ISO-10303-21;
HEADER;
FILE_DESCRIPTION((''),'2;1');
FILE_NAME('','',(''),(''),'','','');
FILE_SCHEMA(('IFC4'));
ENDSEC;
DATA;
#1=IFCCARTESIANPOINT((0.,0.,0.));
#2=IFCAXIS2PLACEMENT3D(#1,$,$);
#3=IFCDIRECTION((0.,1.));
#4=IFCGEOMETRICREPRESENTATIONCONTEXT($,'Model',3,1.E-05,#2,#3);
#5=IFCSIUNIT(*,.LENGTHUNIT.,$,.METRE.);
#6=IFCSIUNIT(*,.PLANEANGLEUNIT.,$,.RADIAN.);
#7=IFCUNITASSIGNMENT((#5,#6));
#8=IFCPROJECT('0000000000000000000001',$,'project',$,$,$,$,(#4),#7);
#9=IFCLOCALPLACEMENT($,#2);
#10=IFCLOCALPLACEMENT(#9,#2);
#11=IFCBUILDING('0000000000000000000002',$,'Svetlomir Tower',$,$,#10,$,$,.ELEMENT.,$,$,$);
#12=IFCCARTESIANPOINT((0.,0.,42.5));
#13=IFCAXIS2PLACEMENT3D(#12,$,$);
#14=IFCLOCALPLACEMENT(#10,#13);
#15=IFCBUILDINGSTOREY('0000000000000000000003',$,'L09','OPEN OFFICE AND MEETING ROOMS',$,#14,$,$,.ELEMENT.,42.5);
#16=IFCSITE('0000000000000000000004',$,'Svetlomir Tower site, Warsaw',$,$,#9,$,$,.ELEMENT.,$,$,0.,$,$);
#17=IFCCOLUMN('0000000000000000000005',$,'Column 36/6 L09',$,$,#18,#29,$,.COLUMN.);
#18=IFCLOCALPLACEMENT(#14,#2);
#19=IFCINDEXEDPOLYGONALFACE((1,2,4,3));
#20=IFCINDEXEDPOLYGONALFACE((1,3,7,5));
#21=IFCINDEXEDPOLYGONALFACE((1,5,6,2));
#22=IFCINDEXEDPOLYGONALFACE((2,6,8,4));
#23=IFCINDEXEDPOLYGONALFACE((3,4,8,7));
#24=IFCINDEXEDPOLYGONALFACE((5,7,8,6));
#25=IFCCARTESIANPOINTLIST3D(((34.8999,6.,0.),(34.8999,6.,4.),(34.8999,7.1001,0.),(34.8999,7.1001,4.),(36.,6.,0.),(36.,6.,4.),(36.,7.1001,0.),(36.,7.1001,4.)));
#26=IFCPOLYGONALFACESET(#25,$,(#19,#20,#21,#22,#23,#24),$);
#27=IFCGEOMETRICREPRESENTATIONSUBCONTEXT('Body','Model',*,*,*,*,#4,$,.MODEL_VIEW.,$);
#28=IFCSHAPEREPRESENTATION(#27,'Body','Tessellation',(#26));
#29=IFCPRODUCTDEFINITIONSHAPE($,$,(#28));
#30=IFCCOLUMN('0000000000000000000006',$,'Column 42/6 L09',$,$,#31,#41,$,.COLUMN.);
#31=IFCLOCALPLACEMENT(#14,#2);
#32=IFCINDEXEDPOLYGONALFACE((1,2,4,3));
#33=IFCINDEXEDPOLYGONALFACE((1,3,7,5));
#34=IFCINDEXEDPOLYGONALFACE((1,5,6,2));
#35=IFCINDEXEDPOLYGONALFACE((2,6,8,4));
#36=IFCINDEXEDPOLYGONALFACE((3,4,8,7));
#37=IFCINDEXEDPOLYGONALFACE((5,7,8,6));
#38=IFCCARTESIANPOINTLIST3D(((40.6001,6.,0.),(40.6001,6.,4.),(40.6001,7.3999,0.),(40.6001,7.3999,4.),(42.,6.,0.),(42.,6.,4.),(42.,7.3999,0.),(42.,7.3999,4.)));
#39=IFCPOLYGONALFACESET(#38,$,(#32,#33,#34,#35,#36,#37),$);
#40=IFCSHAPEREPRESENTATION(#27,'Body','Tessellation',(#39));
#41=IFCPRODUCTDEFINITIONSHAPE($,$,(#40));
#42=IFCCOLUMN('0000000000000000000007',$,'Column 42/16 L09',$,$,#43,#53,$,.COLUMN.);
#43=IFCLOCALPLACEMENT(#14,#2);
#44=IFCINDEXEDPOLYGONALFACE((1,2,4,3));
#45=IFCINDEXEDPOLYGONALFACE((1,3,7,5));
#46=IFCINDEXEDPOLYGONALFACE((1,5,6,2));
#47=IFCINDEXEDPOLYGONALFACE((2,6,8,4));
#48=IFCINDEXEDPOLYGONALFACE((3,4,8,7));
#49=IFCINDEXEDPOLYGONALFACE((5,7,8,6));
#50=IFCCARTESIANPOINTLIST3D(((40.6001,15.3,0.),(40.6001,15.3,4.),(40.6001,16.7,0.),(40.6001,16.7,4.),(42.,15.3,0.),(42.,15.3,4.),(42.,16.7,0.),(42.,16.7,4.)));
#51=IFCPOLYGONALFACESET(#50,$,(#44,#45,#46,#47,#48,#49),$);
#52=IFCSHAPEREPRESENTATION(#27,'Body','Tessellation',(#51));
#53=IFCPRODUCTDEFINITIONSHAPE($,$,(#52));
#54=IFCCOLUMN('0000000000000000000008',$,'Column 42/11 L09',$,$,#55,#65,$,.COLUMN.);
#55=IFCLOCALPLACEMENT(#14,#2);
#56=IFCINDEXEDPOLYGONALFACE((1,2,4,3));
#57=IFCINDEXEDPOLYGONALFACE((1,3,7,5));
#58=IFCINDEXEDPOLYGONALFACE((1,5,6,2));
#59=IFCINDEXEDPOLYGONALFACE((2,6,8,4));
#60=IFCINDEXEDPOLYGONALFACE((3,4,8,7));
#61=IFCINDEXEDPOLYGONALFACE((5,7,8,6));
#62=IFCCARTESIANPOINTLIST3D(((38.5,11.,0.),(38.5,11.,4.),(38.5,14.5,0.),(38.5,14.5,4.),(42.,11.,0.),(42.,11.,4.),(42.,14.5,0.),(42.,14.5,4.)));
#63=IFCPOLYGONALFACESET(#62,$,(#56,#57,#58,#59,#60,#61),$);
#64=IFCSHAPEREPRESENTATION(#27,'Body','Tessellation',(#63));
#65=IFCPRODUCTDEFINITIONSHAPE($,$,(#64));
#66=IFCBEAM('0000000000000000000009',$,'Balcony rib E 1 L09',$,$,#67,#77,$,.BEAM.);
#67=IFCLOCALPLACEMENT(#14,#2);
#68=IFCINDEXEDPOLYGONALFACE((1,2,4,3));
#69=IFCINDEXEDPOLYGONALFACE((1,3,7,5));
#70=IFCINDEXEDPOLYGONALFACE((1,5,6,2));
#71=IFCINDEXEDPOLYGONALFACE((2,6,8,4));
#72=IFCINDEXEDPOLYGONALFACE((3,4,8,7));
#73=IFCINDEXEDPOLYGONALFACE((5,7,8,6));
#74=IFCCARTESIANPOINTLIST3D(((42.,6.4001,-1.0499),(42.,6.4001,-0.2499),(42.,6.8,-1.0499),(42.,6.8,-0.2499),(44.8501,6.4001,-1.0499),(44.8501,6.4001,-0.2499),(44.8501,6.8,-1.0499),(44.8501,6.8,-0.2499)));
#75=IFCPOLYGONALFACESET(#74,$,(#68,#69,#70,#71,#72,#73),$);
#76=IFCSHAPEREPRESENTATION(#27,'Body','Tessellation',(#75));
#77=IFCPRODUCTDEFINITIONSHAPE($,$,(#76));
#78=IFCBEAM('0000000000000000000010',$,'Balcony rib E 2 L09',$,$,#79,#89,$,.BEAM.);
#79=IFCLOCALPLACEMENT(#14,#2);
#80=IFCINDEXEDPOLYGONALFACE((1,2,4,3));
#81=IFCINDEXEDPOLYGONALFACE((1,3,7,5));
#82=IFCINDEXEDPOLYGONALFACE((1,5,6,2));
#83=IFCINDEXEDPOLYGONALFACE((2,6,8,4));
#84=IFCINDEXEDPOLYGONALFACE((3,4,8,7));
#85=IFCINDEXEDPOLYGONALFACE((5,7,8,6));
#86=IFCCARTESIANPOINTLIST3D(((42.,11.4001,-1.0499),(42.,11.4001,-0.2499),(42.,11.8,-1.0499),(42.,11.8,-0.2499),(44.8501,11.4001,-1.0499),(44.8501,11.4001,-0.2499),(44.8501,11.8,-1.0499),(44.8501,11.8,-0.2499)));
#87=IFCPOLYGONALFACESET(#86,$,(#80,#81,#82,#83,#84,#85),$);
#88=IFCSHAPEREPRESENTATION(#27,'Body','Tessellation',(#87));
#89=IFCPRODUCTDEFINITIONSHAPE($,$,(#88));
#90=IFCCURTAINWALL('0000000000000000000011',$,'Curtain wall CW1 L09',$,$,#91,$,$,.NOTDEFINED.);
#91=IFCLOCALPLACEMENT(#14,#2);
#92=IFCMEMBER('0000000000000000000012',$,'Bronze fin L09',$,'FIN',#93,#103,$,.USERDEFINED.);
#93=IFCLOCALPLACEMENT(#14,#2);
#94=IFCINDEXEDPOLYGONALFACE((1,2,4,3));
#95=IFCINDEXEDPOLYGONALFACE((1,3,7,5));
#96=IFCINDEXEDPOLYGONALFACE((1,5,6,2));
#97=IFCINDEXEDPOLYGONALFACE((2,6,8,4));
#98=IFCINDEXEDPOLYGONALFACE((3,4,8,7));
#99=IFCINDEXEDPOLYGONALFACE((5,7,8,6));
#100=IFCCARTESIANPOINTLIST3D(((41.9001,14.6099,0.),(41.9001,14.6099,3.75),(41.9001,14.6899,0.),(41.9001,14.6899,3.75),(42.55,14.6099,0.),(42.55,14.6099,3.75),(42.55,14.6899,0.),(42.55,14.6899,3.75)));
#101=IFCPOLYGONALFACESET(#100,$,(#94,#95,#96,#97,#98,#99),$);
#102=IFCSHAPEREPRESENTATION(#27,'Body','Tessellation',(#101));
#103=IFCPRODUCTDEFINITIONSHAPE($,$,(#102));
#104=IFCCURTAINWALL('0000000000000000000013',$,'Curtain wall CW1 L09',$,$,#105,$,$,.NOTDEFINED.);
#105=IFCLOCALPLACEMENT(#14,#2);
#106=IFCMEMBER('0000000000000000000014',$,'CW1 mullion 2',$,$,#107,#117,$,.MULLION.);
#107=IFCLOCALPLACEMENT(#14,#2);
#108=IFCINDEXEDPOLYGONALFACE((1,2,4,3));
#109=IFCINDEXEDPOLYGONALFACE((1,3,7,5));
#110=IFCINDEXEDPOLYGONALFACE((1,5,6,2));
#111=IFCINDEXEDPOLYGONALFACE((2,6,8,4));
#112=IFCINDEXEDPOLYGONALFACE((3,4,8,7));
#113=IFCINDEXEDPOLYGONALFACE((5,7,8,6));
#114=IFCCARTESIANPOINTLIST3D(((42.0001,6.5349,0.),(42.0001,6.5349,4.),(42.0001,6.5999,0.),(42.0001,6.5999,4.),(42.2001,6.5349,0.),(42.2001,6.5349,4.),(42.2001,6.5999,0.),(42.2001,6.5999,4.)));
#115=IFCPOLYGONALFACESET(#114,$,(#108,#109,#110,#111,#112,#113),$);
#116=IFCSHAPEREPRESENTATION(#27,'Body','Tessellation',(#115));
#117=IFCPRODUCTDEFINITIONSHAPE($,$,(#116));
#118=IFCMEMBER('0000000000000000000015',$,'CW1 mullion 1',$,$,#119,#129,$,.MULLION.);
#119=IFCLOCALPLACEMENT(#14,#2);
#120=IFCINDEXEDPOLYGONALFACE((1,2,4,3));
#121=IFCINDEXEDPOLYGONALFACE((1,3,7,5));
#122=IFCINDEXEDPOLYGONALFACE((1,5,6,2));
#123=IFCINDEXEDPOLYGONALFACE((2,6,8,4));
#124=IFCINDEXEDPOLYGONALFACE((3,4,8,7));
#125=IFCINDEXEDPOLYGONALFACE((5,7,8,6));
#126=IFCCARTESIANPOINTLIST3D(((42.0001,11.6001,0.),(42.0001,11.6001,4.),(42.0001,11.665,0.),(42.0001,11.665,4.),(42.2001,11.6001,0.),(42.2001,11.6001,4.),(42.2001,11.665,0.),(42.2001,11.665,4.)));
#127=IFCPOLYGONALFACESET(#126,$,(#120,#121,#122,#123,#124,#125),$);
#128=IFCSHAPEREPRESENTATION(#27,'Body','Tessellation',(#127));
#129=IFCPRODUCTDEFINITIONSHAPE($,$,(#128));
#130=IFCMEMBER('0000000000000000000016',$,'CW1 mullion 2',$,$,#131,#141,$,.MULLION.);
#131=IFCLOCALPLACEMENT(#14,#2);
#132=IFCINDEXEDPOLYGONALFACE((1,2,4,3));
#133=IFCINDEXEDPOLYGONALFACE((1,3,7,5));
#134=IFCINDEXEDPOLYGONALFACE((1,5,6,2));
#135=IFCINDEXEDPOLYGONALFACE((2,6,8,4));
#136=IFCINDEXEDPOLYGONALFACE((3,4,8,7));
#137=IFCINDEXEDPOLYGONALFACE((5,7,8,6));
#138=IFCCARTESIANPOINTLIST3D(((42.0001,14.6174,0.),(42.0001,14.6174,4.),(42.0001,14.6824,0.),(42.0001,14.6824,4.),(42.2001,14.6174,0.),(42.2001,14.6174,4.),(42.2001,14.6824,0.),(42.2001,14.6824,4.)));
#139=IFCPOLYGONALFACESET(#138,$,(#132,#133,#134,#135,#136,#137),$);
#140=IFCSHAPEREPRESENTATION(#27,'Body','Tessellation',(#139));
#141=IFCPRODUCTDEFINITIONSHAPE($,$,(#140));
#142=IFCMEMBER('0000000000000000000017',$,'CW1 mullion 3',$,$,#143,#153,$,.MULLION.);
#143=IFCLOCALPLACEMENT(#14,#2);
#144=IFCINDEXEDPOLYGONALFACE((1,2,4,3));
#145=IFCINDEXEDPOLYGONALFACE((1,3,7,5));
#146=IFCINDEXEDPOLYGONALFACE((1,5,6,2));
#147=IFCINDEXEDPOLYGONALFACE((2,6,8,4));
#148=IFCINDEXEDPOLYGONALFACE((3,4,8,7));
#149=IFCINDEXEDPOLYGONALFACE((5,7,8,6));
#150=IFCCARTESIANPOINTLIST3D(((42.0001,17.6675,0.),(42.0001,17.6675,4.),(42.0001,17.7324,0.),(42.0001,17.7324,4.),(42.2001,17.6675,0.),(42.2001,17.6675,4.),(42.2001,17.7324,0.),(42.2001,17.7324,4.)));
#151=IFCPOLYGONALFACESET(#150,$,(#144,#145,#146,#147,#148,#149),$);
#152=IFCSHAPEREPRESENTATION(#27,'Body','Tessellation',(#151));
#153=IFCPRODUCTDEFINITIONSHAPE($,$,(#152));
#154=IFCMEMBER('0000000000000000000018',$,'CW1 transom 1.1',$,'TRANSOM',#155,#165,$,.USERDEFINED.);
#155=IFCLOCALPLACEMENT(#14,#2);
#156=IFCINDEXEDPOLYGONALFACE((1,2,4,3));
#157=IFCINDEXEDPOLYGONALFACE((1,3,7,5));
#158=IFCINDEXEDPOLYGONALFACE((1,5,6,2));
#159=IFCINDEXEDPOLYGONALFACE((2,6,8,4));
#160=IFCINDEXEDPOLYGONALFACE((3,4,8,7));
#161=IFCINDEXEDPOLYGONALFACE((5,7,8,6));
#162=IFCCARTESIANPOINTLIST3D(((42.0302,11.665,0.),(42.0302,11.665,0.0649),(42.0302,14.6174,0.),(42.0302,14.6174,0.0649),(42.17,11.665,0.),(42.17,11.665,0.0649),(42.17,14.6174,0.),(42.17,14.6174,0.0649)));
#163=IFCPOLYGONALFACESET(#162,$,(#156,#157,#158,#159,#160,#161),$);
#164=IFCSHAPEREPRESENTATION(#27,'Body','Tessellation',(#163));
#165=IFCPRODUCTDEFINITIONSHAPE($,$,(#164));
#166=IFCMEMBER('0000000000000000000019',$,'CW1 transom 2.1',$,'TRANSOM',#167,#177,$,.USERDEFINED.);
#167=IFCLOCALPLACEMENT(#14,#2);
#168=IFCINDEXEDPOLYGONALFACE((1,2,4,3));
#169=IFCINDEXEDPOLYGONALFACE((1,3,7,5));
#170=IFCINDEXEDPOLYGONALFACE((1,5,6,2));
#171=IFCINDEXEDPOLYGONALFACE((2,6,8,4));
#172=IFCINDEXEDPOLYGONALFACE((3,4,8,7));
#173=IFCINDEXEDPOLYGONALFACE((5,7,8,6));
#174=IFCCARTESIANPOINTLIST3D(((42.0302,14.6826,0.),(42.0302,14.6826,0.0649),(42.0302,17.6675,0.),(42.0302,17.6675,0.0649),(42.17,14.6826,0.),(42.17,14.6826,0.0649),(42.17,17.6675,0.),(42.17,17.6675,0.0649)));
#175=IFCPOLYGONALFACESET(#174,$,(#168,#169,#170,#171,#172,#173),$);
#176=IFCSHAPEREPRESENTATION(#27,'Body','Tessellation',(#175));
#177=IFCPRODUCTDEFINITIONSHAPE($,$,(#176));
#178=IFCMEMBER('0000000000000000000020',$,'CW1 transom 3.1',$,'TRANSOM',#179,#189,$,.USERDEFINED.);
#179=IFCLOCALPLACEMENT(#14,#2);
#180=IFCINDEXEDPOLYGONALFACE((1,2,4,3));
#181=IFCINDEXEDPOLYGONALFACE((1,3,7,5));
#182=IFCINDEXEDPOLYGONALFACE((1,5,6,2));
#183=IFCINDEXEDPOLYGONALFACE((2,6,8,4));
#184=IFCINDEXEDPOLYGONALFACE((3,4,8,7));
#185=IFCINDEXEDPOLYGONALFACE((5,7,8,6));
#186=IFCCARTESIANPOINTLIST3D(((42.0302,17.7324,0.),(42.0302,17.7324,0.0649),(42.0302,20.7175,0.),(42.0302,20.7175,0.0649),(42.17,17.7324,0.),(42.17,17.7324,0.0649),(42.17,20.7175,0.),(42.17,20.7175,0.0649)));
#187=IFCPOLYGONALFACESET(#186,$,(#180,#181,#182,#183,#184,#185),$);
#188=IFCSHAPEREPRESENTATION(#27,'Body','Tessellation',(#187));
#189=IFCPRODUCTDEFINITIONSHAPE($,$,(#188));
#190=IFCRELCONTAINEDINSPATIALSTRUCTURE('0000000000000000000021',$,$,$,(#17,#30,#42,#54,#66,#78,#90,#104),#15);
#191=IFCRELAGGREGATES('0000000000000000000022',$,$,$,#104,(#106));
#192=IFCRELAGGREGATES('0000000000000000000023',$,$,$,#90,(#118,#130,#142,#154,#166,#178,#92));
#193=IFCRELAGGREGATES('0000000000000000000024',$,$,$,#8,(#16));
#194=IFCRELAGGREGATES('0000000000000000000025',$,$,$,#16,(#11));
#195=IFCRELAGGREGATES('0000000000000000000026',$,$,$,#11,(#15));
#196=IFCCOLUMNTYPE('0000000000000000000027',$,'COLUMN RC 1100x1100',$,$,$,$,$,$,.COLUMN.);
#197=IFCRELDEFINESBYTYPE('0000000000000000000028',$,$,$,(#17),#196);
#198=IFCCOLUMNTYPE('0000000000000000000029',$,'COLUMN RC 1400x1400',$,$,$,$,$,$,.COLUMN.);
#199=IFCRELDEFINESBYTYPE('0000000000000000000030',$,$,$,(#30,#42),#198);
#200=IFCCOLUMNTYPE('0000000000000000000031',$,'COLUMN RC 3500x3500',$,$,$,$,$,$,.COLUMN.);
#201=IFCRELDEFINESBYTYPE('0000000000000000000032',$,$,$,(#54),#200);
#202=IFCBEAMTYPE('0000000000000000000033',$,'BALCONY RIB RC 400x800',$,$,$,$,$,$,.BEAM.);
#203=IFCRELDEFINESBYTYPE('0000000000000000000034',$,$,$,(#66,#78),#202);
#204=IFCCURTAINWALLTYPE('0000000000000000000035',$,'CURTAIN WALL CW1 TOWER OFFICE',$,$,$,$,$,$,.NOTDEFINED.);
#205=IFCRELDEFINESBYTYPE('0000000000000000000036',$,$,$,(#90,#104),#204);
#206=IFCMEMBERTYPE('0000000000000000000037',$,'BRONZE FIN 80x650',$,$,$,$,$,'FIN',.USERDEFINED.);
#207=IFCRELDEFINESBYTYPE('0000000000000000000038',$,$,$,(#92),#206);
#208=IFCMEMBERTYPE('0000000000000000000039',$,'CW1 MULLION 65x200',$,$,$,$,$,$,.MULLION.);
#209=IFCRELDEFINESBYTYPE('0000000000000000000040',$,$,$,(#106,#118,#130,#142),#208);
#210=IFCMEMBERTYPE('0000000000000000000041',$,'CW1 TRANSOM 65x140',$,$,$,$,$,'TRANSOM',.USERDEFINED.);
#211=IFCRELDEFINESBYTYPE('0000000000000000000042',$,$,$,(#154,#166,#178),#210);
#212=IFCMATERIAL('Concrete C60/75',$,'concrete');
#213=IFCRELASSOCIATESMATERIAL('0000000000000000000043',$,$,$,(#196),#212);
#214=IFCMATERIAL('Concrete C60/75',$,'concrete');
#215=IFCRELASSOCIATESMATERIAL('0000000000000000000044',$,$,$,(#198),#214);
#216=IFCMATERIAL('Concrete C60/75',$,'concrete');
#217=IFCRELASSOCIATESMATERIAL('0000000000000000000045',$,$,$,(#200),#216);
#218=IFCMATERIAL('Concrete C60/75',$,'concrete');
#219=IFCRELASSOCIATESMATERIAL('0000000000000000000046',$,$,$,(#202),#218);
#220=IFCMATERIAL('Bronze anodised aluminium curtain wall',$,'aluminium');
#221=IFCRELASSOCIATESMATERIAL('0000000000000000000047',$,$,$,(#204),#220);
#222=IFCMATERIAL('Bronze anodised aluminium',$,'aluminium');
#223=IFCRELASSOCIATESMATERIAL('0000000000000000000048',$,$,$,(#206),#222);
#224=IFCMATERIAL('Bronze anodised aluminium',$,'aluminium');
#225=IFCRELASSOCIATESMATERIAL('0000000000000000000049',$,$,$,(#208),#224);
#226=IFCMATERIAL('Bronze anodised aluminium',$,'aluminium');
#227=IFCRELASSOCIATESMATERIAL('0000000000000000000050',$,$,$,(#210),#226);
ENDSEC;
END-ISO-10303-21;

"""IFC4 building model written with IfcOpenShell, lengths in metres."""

from ifc_helpers import new_model, si_unit, direction, frame, origin, origin_2d, place, context, subcontext, project, spatial, rectangle, extrude, material, material_profile, profile_set, type_object, element, aggregate, save


model = new_model("IFC4")

# Units and contexts
model_context = context("Model", 3, precision=1e-05, world=origin(), true_north=direction((0.0, 1.0)))
body_context = subcontext(model_context, "Body", "Model", "MODEL_VIEW")
ifc_project = project(units=[si_unit("LENGTHUNIT", "METRE"), si_unit("PLANEANGLEUNIT", "RADIAN")], contexts=[model_context])

# Site, building, storey
site_placement = place(None, origin())
site = spatial("IfcSite", under=ifc_project, at=site_placement, Name="Svetlomir Tower site, Warsaw", CompositionType="ELEMENT", RefElevation=0.0)
building_placement = place(site_placement, origin())
building = spatial("IfcBuilding", under=site, at=building_placement, Name="Svetlomir Tower", CompositionType="ELEMENT")
storey_placement = place(building_placement, frame((0.0, 0.0, 42.5)))
storey = spatial("IfcBuildingStorey", under=building, at=storey_placement, Name="L09", Description="OPEN OFFICE AND MEETING ROOMS", CompositionType="ELEMENT", Elevation=42.5)

# Columns
ifc_material_1 = material(Name="Concrete C60/75", Category="concrete")
ifc_material_profile_1 = material_profile(ifc_material_1, rectangle(XDim=1.1001, YDim=1.1001, at=origin_2d()), Name="RC 1100x1100")
ifc_profile_set_1 = profile_set([ifc_material_profile_1], Name="Concrete C60/75")
column_type_1 = type_object("IfcColumnType", Name="COLUMN RC 1100x1100", PredefinedType="COLUMN", material=ifc_profile_set_1)
column_1_placement = place(storey_placement, frame((35.45, 6.55, 0.0), z_axis=(0.0, 0.0, 1.0), x_axis=(1.0, 0.0, 0.0)))
element("IfcColumn", 1, at=column_1_placement, inside=storey, type_object=column_type_1, Name="Column 36/6 L09", PredefinedType="COLUMN", context=body_context, shape_type="SweptSolid", body=[
    extrude(rectangle(XDim=1.1001, YDim=1.1001, at=origin_2d()), origin(), (0.0, 0.0, 1.0), 4.0),
])
ifc_material_2 = material(Name="Concrete C60/75", Category="concrete")
ifc_material_profile_2 = material_profile(ifc_material_2, rectangle(XDim=1.3999, YDim=1.3999, at=origin_2d()), Name="RC 1400x1400")
ifc_profile_set_2 = profile_set([ifc_material_profile_2], Name="Concrete C60/75")
column_type_2 = type_object("IfcColumnType", Name="COLUMN RC 1400x1400", PredefinedType="COLUMN", material=ifc_profile_set_2)
for number, where, z_axis, x_axis, name in (
    (2, (41.3, 6.7, 0.0), (0.0, 0.0, 1.0), (1.0, 0.0, 0.0), "Column 42/6 L09"),
    (3, (41.3, 16.0, 0.0), (0.0, 0.0, 1.0), (1.0, 0.0, 0.0), "Column 42/16 L09"),
):
    element("IfcColumn", number, at=place(storey_placement, frame(where, z_axis=z_axis, x_axis=x_axis)), inside=storey, type_object=column_type_2, Name=name, PredefinedType="COLUMN", context=body_context, shape_type="SweptSolid", body=[
        extrude(rectangle(XDim=1.3999, YDim=1.3999, at=origin_2d()), origin(), (0.0, 0.0, 1.0), 4.0),
    ])
ifc_material_3 = material(Name="Concrete C60/75", Category="concrete")
ifc_material_profile_3 = material_profile(ifc_material_3, rectangle(XDim=3.5, YDim=3.5, at=origin_2d()), Name="RC 3500x3500")
ifc_profile_set_3 = profile_set([ifc_material_profile_3], Name="Concrete C60/75")
column_type_3 = type_object("IfcColumnType", Name="COLUMN RC 3500x3500", PredefinedType="COLUMN", material=ifc_profile_set_3)
column_2_placement = place(storey_placement, frame((40.25, 12.75, 0.0), z_axis=(0.0, 0.0, 1.0), x_axis=(1.0, 0.0, 0.0)))
element("IfcColumn", 4, at=column_2_placement, inside=storey, type_object=column_type_3, Name="Column 42/11 L09", PredefinedType="COLUMN", context=body_context, shape_type="SweptSolid", body=[
    extrude(rectangle(XDim=3.5, YDim=3.5, at=origin_2d()), origin(), (0.0, 0.0, 1.0), 4.0),
])

# Beams
ifc_material_4 = material(Name="Concrete C60/75", Category="concrete")
ifc_material_profile_4 = material_profile(ifc_material_4, rectangle(XDim=0.3999, YDim=0.8, at=origin_2d()), Name="RC 400x800")
ifc_profile_set_4 = profile_set([ifc_material_profile_4], Name="Concrete C60/75")
beam_type_1 = type_object("IfcBeamType", Name="BALCONY RIB RC 400x800", PredefinedType="BEAM", material=ifc_profile_set_4)
for number, where, z_axis, x_axis, name in (
    (5, (42.0, 6.6001, -0.6499), (1.0, 0.0, 0.0), (0.0, 1.0, 0.0), "Balcony rib E 1 L09"),
    (6, (42.0, 11.6001, -0.6499), (1.0, 0.0, 0.0), (0.0, 1.0, 0.0), "Balcony rib E 2 L09"),
):
    element("IfcBeam", number, at=place(storey_placement, frame(where, z_axis=z_axis, x_axis=x_axis)), inside=storey, type_object=beam_type_1, Name=name, PredefinedType="BEAM", context=body_context, shape_type="SweptSolid", body=[
        extrude(rectangle(XDim=0.3999, YDim=0.8, at=origin_2d()), origin(), (0.0, 0.0, 1.0), 2.8501),
    ])

# Curtain walls, members
ifc_material_5 = material(Name="Bronze anodised aluminium curtain wall", Category="aluminium")
curtain_wall_type = type_object("IfcCurtainWallType", Name="CURTAIN WALL CW1 TOWER OFFICE", PredefinedType="NOTDEFINED", material=ifc_material_5)
curtain_wall_1_placement = place(storey_placement, origin())
curtain_wall_1 = element("IfcCurtainWall", 7, at=curtain_wall_1_placement, inside=storey, type_object=curtain_wall_type, Name="Curtain wall CW1 L09", PredefinedType="NOTDEFINED")
ifc_material_6 = material(Name="Bronze anodised aluminium", Category="aluminium")
ifc_material_profile_5 = material_profile(ifc_material_6, rectangle(XDim=0.0801, YDim=0.6499, at=origin_2d()), Name="FIN 80x650")
ifc_profile_set_5 = profile_set([ifc_material_profile_5], Name="Bronze anodised aluminium 6063-T6")
member_type_1 = type_object("IfcMemberType", Name="BRONZE FIN 80x650", ElementType="FIN", PredefinedType="USERDEFINED", material=ifc_profile_set_5)
member_1_placement = place(storey_placement, frame((42.2251, 14.6499, 0.0), z_axis=(0.0, 0.0, 1.0), x_axis=(0.0, 1.0, 0.0)))
member_1 = element("IfcMember", 8, at=member_1_placement, type_object=member_type_1, Name="Bronze fin L09", ObjectType="FIN", PredefinedType="USERDEFINED", context=body_context, shape_type="SweptSolid", body=[
    extrude(rectangle(XDim=0.0801, YDim=0.6499, at=origin_2d()), origin(), (0.0, 0.0, 1.0), 3.75),
])
curtain_wall_2_placement = place(storey_placement, origin())
curtain_wall_2 = element("IfcCurtainWall", 9, at=curtain_wall_2_placement, inside=storey, type_object=curtain_wall_type, Name="Curtain wall CW1 L09", PredefinedType="NOTDEFINED")
ifc_material_7 = material(Name="Bronze anodised aluminium", Category="aluminium")
ifc_material_profile_6 = material_profile(ifc_material_7, rectangle(XDim=0.0649, YDim=0.2, at=origin_2d()), Name="AL 65x200")
ifc_profile_set_6 = profile_set([ifc_material_profile_6], Name="Bronze anodised aluminium 6063-T6")
member_type_2 = type_object("IfcMemberType", Name="CW1 MULLION 65x200", PredefinedType="MULLION", material=ifc_profile_set_6)
member_2_placement = place(storey_placement, frame((42.1001, 6.5674, 0.0), z_axis=(0.0, 0.0, 1.0), x_axis=(0.0, 1.0, 0.0)))
member_2 = element("IfcMember", 10, at=member_2_placement, type_object=member_type_2, Name="CW1 mullion 2", PredefinedType="MULLION", context=body_context, shape_type="SweptSolid", body=[
    extrude(rectangle(XDim=0.0649, YDim=0.2, at=origin_2d()), origin(), (0.0, 0.0, 1.0), 4.0),
])
aggregate(curtain_wall_2, [member_2])

# Members
member_3_placement = place(storey_placement, frame((42.1001, 11.6326, 0.0), z_axis=(0.0, 0.0, 1.0), x_axis=(0.0, 1.0, 0.0)))
member_3 = element("IfcMember", 11, at=member_3_placement, type_object=member_type_2, Name="CW1 mullion 1", PredefinedType="MULLION", context=body_context, shape_type="SweptSolid", body=[
    extrude(rectangle(XDim=0.0649, YDim=0.2, at=origin_2d()), origin(), (0.0, 0.0, 1.0), 4.0),
])
member_4_placement = place(storey_placement, frame((42.1001, 14.6499, 0.0), z_axis=(0.0, 0.0, 1.0), x_axis=(0.0, 1.0, 0.0)))
member_4 = element("IfcMember", 12, at=member_4_placement, type_object=member_type_2, Name="CW1 mullion 2", PredefinedType="MULLION", context=body_context, shape_type="SweptSolid", body=[
    extrude(rectangle(XDim=0.0649, YDim=0.2, at=origin_2d()), origin(), (0.0, 0.0, 1.0), 4.0),
])
member_5_placement = place(storey_placement, frame((42.1001, 17.7, 0.0), z_axis=(0.0, 0.0, 1.0), x_axis=(0.0, 1.0, 0.0)))
member_5 = element("IfcMember", 13, at=member_5_placement, type_object=member_type_2, Name="CW1 mullion 3", PredefinedType="MULLION", context=body_context, shape_type="SweptSolid", body=[
    extrude(rectangle(XDim=0.0649, YDim=0.2, at=origin_2d()), origin(), (0.0, 0.0, 1.0), 4.0),
])
ifc_material_8 = material(Name="Bronze anodised aluminium", Category="aluminium")
ifc_material_profile_7 = material_profile(ifc_material_8, rectangle(XDim=0.1399, YDim=0.0649, at=origin_2d()), Name="AL 140x65")
ifc_profile_set_7 = profile_set([ifc_material_profile_7], Name="Bronze anodised aluminium 6063-T6")
member_type_3 = type_object("IfcMemberType", Name="CW1 TRANSOM 65x140", ElementType="TRANSOM", PredefinedType="USERDEFINED", material=ifc_profile_set_7)
member_6_placement = place(storey_placement, frame((42.1001, 11.665, 0.0325), z_axis=(0.0, 1.0, 0.0), x_axis=(-1.0, 0.0, 0.0)))
member_6 = element("IfcMember", 14, at=member_6_placement, type_object=member_type_3, Name="CW1 transom 1.1", ObjectType="TRANSOM", PredefinedType="USERDEFINED", context=body_context, shape_type="SweptSolid", body=[
    extrude(rectangle(XDim=0.1399, YDim=0.0649, at=origin_2d()), origin(), (0.0, 0.0, 1.0), 2.9524),
])
member_7_placement = place(storey_placement, frame((42.1001, 14.6826, 0.0325), z_axis=(0.0, 1.0, 0.0), x_axis=(-1.0, 0.0, 0.0)))
member_7 = element("IfcMember", 15, at=member_7_placement, type_object=member_type_3, Name="CW1 transom 2.1", ObjectType="TRANSOM", PredefinedType="USERDEFINED", context=body_context, shape_type="SweptSolid", body=[
    extrude(rectangle(XDim=0.1399, YDim=0.0649, at=origin_2d()), origin(), (0.0, 0.0, 1.0), 2.9849),
])
member_8_placement = place(storey_placement, frame((42.1001, 17.7324, 0.0325), z_axis=(0.0, 1.0, 0.0), x_axis=(-1.0, 0.0, 0.0)))
member_8 = element("IfcMember", 16, at=member_8_placement, type_object=member_type_3, Name="CW1 transom 3.1", ObjectType="TRANSOM", PredefinedType="USERDEFINED", context=body_context, shape_type="SweptSolid", body=[
    extrude(rectangle(XDim=0.1399, YDim=0.0649, at=origin_2d()), origin(), (0.0, 0.0, 1.0), 2.9851),
])

aggregate(curtain_wall_1, [member_3, member_4, member_5, member_6, member_7, member_8, member_1])

save(model, "model.ifc")
